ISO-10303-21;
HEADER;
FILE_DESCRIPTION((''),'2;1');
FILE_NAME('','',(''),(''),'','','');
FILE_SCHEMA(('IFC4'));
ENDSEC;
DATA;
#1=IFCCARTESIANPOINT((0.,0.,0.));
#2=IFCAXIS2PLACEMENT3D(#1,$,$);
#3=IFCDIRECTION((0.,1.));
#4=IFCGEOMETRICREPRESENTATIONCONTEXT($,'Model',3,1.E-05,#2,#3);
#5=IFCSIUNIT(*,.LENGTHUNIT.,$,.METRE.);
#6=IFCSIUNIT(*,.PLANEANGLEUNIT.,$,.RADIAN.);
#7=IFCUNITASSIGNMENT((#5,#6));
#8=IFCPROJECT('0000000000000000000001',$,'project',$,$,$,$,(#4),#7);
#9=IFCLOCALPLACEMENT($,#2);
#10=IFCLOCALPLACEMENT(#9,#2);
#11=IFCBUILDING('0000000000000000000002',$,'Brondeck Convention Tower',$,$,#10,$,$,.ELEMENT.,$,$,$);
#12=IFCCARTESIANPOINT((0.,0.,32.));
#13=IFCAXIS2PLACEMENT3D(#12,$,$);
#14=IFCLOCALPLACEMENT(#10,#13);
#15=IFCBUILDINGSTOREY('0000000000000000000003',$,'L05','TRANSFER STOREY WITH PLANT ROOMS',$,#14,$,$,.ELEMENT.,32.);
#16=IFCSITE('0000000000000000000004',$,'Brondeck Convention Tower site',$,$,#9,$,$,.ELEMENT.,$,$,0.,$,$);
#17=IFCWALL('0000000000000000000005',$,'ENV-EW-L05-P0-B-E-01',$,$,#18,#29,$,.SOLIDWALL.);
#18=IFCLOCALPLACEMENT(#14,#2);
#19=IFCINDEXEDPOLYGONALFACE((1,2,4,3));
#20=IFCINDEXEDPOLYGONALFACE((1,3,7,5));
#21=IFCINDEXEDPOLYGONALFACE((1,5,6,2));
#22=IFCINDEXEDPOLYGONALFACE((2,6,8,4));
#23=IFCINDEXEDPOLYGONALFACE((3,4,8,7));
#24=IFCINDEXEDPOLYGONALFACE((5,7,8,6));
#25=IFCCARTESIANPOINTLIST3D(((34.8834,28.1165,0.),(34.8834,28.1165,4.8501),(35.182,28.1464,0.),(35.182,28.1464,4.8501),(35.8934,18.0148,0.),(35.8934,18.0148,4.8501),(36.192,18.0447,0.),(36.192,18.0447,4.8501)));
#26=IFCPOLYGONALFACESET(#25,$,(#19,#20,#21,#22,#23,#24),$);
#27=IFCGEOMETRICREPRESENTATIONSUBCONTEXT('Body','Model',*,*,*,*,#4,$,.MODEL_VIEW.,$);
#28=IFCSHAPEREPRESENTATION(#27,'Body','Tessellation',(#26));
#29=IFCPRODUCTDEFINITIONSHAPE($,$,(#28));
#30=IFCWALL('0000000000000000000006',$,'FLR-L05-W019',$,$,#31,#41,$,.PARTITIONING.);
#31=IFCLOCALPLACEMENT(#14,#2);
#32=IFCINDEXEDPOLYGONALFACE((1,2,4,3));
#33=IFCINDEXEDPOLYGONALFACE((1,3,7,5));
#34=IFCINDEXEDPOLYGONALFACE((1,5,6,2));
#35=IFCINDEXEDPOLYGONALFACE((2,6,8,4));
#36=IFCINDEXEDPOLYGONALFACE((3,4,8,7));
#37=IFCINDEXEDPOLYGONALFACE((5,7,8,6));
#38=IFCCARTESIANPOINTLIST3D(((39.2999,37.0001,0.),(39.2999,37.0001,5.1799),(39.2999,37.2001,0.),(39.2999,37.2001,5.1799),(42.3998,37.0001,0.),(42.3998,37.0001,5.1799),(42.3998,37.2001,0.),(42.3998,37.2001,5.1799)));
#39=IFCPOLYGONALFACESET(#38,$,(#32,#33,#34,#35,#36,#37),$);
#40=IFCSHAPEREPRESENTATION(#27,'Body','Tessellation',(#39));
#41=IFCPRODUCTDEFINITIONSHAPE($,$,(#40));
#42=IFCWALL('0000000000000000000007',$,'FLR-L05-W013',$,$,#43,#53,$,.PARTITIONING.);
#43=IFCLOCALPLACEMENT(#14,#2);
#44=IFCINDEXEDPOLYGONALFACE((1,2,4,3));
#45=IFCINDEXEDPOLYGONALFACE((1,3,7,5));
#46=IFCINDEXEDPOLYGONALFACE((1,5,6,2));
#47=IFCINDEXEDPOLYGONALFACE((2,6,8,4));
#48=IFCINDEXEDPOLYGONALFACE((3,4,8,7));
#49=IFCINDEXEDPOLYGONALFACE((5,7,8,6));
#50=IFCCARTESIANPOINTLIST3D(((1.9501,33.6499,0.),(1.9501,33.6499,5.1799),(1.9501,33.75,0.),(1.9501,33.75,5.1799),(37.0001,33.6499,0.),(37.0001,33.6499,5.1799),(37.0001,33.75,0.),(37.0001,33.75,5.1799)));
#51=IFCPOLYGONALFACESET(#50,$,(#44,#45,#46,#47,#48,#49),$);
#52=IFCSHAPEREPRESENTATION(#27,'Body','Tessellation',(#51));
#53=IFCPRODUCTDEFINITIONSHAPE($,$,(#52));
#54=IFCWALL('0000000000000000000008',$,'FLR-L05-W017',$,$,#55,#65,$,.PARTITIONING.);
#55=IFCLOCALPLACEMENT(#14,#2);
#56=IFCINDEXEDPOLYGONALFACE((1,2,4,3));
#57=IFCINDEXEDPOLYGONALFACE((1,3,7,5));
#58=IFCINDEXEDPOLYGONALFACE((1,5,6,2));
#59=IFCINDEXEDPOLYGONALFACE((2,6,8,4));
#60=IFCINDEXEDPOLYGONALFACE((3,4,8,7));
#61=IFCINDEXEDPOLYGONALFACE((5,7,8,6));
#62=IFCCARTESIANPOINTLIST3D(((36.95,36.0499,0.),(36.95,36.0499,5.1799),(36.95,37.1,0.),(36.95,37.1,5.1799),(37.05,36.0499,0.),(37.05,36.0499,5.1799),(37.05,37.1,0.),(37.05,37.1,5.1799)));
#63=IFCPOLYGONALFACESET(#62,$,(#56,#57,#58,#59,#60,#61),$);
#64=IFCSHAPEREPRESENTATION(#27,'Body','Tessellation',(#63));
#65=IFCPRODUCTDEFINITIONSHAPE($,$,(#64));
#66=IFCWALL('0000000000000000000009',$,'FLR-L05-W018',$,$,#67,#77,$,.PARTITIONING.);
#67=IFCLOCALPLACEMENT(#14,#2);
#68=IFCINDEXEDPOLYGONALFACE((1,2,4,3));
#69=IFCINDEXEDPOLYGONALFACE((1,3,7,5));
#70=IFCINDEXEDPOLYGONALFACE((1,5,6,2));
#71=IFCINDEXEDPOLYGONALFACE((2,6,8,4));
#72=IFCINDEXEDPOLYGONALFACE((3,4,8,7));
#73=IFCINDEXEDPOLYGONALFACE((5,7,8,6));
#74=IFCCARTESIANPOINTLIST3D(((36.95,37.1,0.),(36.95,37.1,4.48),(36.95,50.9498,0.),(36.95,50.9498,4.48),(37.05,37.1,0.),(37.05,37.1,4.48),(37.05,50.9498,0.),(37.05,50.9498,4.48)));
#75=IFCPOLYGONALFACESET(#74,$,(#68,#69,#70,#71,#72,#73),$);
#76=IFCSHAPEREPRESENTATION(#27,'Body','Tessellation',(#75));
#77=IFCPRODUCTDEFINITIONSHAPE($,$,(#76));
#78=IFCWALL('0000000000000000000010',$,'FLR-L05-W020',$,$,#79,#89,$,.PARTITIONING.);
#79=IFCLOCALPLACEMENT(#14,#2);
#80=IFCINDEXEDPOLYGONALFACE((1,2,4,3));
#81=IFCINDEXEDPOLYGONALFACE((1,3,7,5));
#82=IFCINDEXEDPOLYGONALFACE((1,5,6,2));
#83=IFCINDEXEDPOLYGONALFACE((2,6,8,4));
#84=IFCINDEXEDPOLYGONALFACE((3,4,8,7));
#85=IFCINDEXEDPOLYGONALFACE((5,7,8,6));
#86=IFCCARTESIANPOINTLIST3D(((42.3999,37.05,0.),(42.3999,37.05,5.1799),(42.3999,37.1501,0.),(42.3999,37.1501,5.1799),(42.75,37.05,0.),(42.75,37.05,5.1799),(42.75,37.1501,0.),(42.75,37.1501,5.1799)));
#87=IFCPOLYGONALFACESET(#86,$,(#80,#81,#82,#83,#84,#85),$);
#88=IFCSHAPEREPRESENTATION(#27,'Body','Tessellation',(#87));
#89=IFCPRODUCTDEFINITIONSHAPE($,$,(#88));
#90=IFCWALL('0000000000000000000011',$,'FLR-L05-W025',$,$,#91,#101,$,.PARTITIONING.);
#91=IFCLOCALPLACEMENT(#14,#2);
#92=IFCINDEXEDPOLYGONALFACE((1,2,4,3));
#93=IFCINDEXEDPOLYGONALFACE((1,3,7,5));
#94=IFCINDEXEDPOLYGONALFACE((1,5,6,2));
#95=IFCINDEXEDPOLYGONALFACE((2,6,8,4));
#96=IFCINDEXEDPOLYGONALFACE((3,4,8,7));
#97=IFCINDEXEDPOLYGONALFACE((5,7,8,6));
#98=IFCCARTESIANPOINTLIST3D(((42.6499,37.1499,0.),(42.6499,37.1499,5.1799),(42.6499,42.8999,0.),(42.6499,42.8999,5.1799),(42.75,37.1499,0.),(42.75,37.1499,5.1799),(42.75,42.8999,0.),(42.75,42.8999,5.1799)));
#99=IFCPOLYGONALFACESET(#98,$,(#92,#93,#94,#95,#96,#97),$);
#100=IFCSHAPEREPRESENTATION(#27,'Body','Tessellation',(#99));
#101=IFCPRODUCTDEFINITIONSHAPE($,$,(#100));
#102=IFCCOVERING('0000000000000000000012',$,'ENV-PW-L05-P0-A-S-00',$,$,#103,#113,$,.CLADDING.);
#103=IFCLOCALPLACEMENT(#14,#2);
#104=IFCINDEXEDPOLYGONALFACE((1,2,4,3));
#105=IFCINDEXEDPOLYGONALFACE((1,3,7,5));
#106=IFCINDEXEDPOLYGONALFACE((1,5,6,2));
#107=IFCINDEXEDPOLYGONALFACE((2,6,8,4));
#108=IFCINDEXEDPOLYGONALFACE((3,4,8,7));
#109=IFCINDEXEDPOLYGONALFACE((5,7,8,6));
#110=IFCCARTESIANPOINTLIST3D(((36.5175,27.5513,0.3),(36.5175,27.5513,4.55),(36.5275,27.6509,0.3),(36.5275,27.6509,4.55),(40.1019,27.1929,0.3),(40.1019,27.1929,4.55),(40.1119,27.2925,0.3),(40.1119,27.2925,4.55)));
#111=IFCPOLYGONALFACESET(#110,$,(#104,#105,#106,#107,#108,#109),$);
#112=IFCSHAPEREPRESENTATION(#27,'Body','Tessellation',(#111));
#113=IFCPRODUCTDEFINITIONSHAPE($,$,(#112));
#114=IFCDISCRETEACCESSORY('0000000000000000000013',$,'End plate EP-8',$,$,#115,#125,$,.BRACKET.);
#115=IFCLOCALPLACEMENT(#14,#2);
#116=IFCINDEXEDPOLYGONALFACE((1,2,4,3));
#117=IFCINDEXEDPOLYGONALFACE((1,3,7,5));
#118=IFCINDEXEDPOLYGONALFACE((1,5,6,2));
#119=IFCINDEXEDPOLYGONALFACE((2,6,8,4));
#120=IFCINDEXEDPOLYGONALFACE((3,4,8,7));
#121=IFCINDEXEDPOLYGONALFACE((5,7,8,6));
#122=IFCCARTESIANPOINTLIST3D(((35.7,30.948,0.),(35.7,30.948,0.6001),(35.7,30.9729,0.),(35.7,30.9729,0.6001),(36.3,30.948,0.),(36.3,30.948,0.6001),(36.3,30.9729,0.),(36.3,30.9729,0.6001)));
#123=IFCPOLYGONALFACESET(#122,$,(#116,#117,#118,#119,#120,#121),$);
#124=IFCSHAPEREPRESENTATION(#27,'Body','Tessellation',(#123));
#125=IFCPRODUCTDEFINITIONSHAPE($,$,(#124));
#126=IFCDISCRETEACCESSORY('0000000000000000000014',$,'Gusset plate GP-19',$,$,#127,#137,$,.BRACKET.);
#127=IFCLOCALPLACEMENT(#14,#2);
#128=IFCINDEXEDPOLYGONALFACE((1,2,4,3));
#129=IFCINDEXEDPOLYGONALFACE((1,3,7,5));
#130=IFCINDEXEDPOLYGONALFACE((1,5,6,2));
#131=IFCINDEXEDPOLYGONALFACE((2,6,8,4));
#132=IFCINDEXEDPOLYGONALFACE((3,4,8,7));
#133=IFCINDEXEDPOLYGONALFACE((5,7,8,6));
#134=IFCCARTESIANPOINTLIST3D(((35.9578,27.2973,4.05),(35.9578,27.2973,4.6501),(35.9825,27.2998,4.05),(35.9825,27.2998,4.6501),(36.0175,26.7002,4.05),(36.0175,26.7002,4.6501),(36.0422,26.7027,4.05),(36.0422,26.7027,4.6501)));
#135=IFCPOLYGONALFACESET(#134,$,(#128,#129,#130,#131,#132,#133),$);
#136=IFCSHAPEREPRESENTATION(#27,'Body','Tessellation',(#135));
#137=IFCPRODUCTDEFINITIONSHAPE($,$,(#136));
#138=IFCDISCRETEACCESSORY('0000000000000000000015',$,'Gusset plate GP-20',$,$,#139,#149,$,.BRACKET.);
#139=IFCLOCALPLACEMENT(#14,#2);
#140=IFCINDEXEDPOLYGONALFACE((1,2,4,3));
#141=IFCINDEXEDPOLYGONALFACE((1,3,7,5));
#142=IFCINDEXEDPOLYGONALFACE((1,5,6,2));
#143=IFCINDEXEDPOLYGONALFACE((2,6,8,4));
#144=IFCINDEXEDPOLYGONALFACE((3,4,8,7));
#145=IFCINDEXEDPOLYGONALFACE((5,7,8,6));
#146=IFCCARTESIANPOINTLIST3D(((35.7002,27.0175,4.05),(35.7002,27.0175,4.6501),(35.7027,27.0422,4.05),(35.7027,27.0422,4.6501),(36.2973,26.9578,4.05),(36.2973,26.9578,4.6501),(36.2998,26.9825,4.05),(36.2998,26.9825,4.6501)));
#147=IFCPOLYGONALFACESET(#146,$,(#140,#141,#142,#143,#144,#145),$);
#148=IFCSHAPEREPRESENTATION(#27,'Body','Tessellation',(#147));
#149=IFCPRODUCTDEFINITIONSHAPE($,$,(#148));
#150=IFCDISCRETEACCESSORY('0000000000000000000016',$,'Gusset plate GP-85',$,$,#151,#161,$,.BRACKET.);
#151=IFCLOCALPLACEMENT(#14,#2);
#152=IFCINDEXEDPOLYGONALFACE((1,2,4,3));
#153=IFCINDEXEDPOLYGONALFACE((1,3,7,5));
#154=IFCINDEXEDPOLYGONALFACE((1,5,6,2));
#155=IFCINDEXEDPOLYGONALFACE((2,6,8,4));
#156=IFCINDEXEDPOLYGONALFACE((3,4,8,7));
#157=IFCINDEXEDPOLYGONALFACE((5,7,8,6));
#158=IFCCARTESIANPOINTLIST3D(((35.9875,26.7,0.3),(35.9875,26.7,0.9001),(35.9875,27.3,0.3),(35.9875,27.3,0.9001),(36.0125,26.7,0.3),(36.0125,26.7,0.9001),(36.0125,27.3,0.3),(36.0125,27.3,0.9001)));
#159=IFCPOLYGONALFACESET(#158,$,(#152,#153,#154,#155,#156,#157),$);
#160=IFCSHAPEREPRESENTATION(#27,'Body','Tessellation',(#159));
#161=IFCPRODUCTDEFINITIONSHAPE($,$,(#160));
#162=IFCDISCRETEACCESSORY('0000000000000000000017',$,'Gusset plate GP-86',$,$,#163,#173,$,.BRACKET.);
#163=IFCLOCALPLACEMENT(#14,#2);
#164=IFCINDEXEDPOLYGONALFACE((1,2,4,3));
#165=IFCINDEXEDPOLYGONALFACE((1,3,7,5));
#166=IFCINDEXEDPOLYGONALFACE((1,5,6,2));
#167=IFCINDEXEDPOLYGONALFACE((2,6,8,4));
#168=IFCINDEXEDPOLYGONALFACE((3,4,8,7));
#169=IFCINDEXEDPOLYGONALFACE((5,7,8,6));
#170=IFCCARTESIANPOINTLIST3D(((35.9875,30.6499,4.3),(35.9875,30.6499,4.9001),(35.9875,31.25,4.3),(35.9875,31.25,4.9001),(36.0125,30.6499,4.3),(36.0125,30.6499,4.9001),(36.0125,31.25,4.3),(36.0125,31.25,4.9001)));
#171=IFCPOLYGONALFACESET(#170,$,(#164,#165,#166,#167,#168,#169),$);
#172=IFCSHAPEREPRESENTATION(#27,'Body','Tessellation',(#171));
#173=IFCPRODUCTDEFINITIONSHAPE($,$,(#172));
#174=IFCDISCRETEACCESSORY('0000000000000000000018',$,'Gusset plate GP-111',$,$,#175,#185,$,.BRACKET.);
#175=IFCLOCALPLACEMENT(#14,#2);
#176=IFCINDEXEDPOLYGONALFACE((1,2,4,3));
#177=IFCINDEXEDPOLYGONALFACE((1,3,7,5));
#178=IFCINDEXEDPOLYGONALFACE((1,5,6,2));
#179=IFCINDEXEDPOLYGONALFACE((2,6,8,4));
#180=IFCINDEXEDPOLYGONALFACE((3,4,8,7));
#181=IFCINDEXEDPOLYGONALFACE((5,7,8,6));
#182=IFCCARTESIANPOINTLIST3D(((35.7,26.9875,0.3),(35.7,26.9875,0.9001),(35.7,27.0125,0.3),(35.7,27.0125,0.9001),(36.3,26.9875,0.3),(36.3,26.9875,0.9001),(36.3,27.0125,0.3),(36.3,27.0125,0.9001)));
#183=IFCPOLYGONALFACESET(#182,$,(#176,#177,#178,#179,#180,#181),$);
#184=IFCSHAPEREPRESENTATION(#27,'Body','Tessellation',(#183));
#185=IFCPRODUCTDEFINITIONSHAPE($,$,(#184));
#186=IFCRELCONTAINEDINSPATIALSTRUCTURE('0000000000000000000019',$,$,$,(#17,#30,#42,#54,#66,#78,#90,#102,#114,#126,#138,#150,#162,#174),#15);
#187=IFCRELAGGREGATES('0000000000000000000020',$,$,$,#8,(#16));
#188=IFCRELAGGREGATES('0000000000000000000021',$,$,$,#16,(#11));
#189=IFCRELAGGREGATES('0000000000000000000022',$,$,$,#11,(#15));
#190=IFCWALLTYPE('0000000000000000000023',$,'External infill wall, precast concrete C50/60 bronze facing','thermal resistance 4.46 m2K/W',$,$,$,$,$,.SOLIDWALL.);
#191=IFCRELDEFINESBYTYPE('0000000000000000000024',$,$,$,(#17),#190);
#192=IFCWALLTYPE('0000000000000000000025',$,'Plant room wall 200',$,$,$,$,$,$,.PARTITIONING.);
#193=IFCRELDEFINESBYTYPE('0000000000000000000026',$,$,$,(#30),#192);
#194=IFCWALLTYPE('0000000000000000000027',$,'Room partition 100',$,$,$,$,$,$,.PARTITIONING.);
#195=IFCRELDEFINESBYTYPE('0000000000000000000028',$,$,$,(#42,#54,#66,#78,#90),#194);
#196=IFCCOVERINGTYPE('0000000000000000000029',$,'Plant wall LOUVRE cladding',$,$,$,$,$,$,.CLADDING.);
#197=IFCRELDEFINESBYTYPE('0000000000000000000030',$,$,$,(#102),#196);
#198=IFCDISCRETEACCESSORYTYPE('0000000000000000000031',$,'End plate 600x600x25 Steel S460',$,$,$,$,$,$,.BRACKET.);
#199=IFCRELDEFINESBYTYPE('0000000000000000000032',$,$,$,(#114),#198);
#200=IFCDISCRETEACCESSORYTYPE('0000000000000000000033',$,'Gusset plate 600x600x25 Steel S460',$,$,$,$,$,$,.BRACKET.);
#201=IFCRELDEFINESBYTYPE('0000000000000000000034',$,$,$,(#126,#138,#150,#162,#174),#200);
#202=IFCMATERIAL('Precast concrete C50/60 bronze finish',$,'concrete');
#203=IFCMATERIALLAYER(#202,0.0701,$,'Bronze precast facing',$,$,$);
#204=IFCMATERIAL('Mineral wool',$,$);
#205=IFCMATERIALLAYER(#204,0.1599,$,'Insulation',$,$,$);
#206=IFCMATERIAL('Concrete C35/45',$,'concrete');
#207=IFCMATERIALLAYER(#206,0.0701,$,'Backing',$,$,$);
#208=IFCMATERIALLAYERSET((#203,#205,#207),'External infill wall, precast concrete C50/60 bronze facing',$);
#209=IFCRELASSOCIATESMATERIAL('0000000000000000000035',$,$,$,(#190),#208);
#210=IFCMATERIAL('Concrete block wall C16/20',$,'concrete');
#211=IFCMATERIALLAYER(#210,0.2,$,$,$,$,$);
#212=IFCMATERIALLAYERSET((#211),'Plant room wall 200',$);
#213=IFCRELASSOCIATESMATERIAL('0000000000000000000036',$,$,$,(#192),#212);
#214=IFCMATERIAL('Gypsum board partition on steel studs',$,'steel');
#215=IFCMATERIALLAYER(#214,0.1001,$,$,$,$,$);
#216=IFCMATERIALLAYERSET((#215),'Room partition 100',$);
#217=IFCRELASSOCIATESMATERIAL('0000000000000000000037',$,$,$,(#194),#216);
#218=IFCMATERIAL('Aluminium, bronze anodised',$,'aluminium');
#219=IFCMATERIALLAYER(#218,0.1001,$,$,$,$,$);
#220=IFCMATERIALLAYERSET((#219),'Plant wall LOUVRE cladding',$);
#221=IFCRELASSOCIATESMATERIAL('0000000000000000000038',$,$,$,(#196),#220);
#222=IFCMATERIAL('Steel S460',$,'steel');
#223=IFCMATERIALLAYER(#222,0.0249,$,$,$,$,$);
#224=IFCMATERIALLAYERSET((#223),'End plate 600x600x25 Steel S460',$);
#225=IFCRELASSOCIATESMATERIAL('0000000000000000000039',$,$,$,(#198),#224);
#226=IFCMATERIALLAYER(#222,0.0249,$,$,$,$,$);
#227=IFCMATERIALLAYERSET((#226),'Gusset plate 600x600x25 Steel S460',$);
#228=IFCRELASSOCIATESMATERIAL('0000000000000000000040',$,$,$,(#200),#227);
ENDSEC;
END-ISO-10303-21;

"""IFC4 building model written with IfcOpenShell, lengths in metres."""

from ifc_helpers import new_model, si_unit, direction, frame, frame_2d, origin, origin_2d, place, context, subcontext, project, spatial, rectangle, extrude, material, layer, layer_set, type_object, element, save


model = new_model("IFC4")

# Units and contexts
model_context = context("Model", 3, precision=1e-05, world=origin(), true_north=direction((0.0, 1.0)))
body_context = subcontext(model_context, "Body", "Model", "MODEL_VIEW")
ifc_project = project(units=[si_unit("LENGTHUNIT", "METRE"), si_unit("PLANEANGLEUNIT", "RADIAN")], contexts=[model_context])

# Site, building, storey
site_placement = place(None, origin())
site = spatial("IfcSite", under=ifc_project, at=site_placement, Name="Brondeck Convention Tower site", CompositionType="ELEMENT", RefElevation=0.0)
building_placement = place(site_placement, origin())
building = spatial("IfcBuilding", under=site, at=building_placement, Name="Brondeck Convention Tower", CompositionType="ELEMENT")
storey_placement = place(building_placement, frame((0.0, 0.0, 32.0)))
storey = spatial("IfcBuildingStorey", under=building, at=storey_placement, Name="L05", Description="TRANSFER STOREY WITH PLANT ROOMS", CompositionType="ELEMENT", Elevation=32.0)

# Shared definitions
ifc_material_1 = material(Name="Steel S460", Category="steel")

# Walls
ifc_material_2 = material(Name="Precast concrete C50/60 bronze finish", Category="concrete")
ifc_layer_1 = layer(ifc_material_2, 0.0701, Name="Bronze precast facing")
ifc_material_3 = material(Name="Mineral wool")
ifc_layer_2 = layer(ifc_material_3, 0.1599, Name="Insulation")
ifc_material_4 = material(Name="Concrete C35/45", Category="concrete")
ifc_layer_3 = layer(ifc_material_4, 0.0701, Name="Backing")
ifc_layer_set_1 = layer_set([ifc_layer_1, ifc_layer_2, ifc_layer_3], Name="External infill wall, precast concrete C50/60 bronze facing")
wall_type_1 = type_object("IfcWallType", Name="External infill wall, precast concrete C50/60 bronze facing", Description="thermal resistance 4.46 m2K/W", PredefinedType="SOLIDWALL", material=ifc_layer_set_1)
wall_1_placement = place(storey_placement, frame((35.0327, 28.1316, 0.0), z_axis=(0.0, 0.0, 1.0), x_axis=(0.099487, -0.995039, 0.0)))
element("IfcWall", 1, at=wall_1_placement, inside=storey, type_object=wall_type_1, Name="ENV-EW-L05-P0-B-E-01", PredefinedType="SOLIDWALL", context=body_context, shape_type="SweptSolid", body=[
    extrude(rectangle(XDim=10.1521, YDim=0.3, at=frame_2d((5.0762, 0.0))), origin(), (0.0, 0.0, 1.0), 4.8501),
])
ifc_material_5 = material(Name="Concrete block wall C16/20", Category="concrete")
ifc_layer_4 = layer(ifc_material_5, 0.2)
ifc_layer_set_2 = layer_set([ifc_layer_4], Name="Plant room wall 200")
wall_type_2 = type_object("IfcWallType", Name="Plant room wall 200", PredefinedType="PARTITIONING", material=ifc_layer_set_2)
wall_2_placement = place(storey_placement, frame((39.3, 37.1001, 0.0), z_axis=(0.0, 0.0, 1.0), x_axis=(1.0, 0.0, 0.0)))
element("IfcWall", 2, at=wall_2_placement, inside=storey, type_object=wall_type_2, Name="FLR-L05-W019", PredefinedType="PARTITIONING", context=body_context, shape_type="SweptSolid", body=[
    extrude(rectangle(XDim=3.0999, YDim=0.2, at=frame_2d((1.5498, 0.0))), origin(), (0.0, 0.0, 1.0), 5.1799),
])
ifc_material_6 = material(Name="Gypsum board partition on steel studs", Category="steel")
ifc_layer_5 = layer(ifc_material_6, 0.1001)
ifc_layer_set_3 = layer_set([ifc_layer_5], Name="Room partition 100")
wall_type_3 = type_object("IfcWallType", Name="Room partition 100", PredefinedType="PARTITIONING", material=ifc_layer_set_3)
wall_3_placement = place(storey_placement, frame((37.0, 33.7, 0.0), z_axis=(0.0, 0.0, 1.0), x_axis=(-1.0, 0.0, 0.0)))
element("IfcWall", 3, at=wall_3_placement, inside=storey, type_object=wall_type_3, Name="FLR-L05-W013", PredefinedType="PARTITIONING", context=body_context, shape_type="SweptSolid", body=[
    extrude(rectangle(XDim=35.05, YDim=0.1001, at=frame_2d((17.5249, 0.0))), origin(), (0.0, 0.0, 1.0), 5.1799),
])
wall_4_placement = place(storey_placement, frame((37.0, 36.05, 0.0), z_axis=(0.0, 0.0, 1.0), x_axis=(0.0, 1.0, 0.0)))
element("IfcWall", 4, at=wall_4_placement, inside=storey, type_object=wall_type_3, Name="FLR-L05-W017", PredefinedType="PARTITIONING", context=body_context, shape_type="SweptSolid", body=[
    extrude(rectangle(XDim=1.05, YDim=0.1001, at=frame_2d((0.5249, 0.0))), origin(), (0.0, 0.0, 1.0), 5.1799),
])
wall_5_placement = place(storey_placement, frame((37.0, 37.1001, 0.0), z_axis=(0.0, 0.0, 1.0), x_axis=(0.0, 1.0, 0.0)))
element("IfcWall", 5, at=wall_5_placement, inside=storey, type_object=wall_type_3, Name="FLR-L05-W018", PredefinedType="PARTITIONING", context=body_context, shape_type="SweptSolid", body=[
    extrude(rectangle(XDim=13.8499, YDim=0.1001, at=frame_2d((6.9248, 0.0))), origin(), (0.0, 0.0, 1.0), 4.48),
])
wall_6_placement = place(storey_placement, frame((42.3999, 37.1001, 0.0), z_axis=(0.0, 0.0, 1.0), x_axis=(1.0, 0.0, 0.0)))
element("IfcWall", 6, at=wall_6_placement, inside=storey, type_object=wall_type_3, Name="FLR-L05-W020", PredefinedType="PARTITIONING", context=body_context, shape_type="SweptSolid", body=[
    extrude(rectangle(XDim=0.3501, YDim=0.1001, at=frame_2d((0.175, 0.0))), origin(), (0.0, 0.0, 1.0), 5.1799),
])
wall_7_placement = place(storey_placement, frame((42.7, 37.1499, 0.0), z_axis=(0.0, 0.0, 1.0), x_axis=(0.0, 1.0, 0.0)))
element("IfcWall", 7, at=wall_7_placement, inside=storey, type_object=wall_type_3, Name="FLR-L05-W025", PredefinedType="PARTITIONING", context=body_context, shape_type="SweptSolid", body=[
    extrude(rectangle(XDim=5.75, YDim=0.1001, at=frame_2d((2.875, 0.0))), origin(), (0.0, 0.0, 1.0), 5.1799),
])

# Covering
ifc_material_7 = material(Name="Aluminium, bronze anodised", Category="aluminium")
ifc_layer_6 = layer(ifc_material_7, 0.1001)
ifc_layer_set_4 = layer_set([ifc_layer_6], Name="Plant wall LOUVRE cladding")
covering_type = type_object("IfcCoveringType", Name="Plant wall LOUVRE cladding", PredefinedType="CLADDING", material=ifc_layer_set_4)
covering_placement = place(storey_placement, frame((38.3147, 27.4219, 0.3), z_axis=(0.0, 0.0, 1.0), x_axis=(0.995037, -0.099504, 0.0)))
element("IfcCovering", 8, at=covering_placement, inside=storey, type_object=covering_type, Name="ENV-PW-L05-P0-A-S-00", PredefinedType="CLADDING", context=body_context, shape_type="SweptSolid", body=[
    extrude(rectangle(XDim=3.6023, YDim=0.1001, at=origin_2d()), origin(), (0.0, 0.0, 1.0), 4.25),
])

# Discrete accessories
ifc_layer_7 = layer(ifc_material_1, 0.0249)
ifc_layer_set_5 = layer_set([ifc_layer_7], Name="End plate 600x600x25 Steel S460")
discrete_accessory_type_1 = type_object("IfcDiscreteAccessoryType", Name="End plate 600x600x25 Steel S460", PredefinedType="BRACKET", material=ifc_layer_set_5)
discrete_accessory_placement = place(storey_placement, frame((36.0, 30.9604, 0.0), z_axis=(0.0, 0.0, 1.0), x_axis=(-1.0, 0.0, 0.0)))
element("IfcDiscreteAccessory", 9, at=discrete_accessory_placement, inside=storey, type_object=discrete_accessory_type_1, Name="End plate EP-8", PredefinedType="BRACKET", context=body_context, shape_type="SweptSolid", body=[
    extrude(rectangle(XDim=0.6001, YDim=0.0249, at=origin_2d()), origin(), (0.0, 0.0, 1.0), 0.6001),
])
ifc_layer_8 = layer(ifc_material_1, 0.0249)
ifc_layer_set_6 = layer_set([ifc_layer_8], Name="Gusset plate 600x600x25 Steel S460")
discrete_accessory_type_2 = type_object("IfcDiscreteAccessoryType", Name="Gusset plate 600x600x25 Steel S460", PredefinedType="BRACKET", material=ifc_layer_set_6)
for number, where, z_axis, x_axis, name in (
    (10, (36.0, 27.0, 4.05), (0.0, 0.0, 1.0), (-0.099511, 0.995036, 0.0), "Gusset plate GP-19"),
    (11, (36.0, 27.0, 4.05), (0.0, 0.0, 1.0), (-0.995036, 0.099511, 0.0), "Gusset plate GP-20"),
    (12, (36.0, 27.0, 0.3), (0.0, 0.0, 1.0), (0.0, 1.0, 0.0), "Gusset plate GP-85"),
    (13, (36.0, 30.95, 4.3), (0.0, 0.0, 1.0), (0.0, 1.0, 0.0), "Gusset plate GP-86"),
    (14, (36.0, 27.0, 0.3), (0.0, 0.0, 1.0), (1.0, 0.0, 0.0), "Gusset plate GP-111"),
):
    element("IfcDiscreteAccessory", number, at=place(storey_placement, frame(where, z_axis=z_axis, x_axis=x_axis)), inside=storey, type_object=discrete_accessory_type_2, Name=name, PredefinedType="BRACKET", context=body_context, shape_type="SweptSolid", body=[
        extrude(rectangle(XDim=0.6001, YDim=0.0249, at=origin_2d()), origin(), (0.0, 0.0, 1.0), 0.6001),
    ])

save(model, "model.ifc")
